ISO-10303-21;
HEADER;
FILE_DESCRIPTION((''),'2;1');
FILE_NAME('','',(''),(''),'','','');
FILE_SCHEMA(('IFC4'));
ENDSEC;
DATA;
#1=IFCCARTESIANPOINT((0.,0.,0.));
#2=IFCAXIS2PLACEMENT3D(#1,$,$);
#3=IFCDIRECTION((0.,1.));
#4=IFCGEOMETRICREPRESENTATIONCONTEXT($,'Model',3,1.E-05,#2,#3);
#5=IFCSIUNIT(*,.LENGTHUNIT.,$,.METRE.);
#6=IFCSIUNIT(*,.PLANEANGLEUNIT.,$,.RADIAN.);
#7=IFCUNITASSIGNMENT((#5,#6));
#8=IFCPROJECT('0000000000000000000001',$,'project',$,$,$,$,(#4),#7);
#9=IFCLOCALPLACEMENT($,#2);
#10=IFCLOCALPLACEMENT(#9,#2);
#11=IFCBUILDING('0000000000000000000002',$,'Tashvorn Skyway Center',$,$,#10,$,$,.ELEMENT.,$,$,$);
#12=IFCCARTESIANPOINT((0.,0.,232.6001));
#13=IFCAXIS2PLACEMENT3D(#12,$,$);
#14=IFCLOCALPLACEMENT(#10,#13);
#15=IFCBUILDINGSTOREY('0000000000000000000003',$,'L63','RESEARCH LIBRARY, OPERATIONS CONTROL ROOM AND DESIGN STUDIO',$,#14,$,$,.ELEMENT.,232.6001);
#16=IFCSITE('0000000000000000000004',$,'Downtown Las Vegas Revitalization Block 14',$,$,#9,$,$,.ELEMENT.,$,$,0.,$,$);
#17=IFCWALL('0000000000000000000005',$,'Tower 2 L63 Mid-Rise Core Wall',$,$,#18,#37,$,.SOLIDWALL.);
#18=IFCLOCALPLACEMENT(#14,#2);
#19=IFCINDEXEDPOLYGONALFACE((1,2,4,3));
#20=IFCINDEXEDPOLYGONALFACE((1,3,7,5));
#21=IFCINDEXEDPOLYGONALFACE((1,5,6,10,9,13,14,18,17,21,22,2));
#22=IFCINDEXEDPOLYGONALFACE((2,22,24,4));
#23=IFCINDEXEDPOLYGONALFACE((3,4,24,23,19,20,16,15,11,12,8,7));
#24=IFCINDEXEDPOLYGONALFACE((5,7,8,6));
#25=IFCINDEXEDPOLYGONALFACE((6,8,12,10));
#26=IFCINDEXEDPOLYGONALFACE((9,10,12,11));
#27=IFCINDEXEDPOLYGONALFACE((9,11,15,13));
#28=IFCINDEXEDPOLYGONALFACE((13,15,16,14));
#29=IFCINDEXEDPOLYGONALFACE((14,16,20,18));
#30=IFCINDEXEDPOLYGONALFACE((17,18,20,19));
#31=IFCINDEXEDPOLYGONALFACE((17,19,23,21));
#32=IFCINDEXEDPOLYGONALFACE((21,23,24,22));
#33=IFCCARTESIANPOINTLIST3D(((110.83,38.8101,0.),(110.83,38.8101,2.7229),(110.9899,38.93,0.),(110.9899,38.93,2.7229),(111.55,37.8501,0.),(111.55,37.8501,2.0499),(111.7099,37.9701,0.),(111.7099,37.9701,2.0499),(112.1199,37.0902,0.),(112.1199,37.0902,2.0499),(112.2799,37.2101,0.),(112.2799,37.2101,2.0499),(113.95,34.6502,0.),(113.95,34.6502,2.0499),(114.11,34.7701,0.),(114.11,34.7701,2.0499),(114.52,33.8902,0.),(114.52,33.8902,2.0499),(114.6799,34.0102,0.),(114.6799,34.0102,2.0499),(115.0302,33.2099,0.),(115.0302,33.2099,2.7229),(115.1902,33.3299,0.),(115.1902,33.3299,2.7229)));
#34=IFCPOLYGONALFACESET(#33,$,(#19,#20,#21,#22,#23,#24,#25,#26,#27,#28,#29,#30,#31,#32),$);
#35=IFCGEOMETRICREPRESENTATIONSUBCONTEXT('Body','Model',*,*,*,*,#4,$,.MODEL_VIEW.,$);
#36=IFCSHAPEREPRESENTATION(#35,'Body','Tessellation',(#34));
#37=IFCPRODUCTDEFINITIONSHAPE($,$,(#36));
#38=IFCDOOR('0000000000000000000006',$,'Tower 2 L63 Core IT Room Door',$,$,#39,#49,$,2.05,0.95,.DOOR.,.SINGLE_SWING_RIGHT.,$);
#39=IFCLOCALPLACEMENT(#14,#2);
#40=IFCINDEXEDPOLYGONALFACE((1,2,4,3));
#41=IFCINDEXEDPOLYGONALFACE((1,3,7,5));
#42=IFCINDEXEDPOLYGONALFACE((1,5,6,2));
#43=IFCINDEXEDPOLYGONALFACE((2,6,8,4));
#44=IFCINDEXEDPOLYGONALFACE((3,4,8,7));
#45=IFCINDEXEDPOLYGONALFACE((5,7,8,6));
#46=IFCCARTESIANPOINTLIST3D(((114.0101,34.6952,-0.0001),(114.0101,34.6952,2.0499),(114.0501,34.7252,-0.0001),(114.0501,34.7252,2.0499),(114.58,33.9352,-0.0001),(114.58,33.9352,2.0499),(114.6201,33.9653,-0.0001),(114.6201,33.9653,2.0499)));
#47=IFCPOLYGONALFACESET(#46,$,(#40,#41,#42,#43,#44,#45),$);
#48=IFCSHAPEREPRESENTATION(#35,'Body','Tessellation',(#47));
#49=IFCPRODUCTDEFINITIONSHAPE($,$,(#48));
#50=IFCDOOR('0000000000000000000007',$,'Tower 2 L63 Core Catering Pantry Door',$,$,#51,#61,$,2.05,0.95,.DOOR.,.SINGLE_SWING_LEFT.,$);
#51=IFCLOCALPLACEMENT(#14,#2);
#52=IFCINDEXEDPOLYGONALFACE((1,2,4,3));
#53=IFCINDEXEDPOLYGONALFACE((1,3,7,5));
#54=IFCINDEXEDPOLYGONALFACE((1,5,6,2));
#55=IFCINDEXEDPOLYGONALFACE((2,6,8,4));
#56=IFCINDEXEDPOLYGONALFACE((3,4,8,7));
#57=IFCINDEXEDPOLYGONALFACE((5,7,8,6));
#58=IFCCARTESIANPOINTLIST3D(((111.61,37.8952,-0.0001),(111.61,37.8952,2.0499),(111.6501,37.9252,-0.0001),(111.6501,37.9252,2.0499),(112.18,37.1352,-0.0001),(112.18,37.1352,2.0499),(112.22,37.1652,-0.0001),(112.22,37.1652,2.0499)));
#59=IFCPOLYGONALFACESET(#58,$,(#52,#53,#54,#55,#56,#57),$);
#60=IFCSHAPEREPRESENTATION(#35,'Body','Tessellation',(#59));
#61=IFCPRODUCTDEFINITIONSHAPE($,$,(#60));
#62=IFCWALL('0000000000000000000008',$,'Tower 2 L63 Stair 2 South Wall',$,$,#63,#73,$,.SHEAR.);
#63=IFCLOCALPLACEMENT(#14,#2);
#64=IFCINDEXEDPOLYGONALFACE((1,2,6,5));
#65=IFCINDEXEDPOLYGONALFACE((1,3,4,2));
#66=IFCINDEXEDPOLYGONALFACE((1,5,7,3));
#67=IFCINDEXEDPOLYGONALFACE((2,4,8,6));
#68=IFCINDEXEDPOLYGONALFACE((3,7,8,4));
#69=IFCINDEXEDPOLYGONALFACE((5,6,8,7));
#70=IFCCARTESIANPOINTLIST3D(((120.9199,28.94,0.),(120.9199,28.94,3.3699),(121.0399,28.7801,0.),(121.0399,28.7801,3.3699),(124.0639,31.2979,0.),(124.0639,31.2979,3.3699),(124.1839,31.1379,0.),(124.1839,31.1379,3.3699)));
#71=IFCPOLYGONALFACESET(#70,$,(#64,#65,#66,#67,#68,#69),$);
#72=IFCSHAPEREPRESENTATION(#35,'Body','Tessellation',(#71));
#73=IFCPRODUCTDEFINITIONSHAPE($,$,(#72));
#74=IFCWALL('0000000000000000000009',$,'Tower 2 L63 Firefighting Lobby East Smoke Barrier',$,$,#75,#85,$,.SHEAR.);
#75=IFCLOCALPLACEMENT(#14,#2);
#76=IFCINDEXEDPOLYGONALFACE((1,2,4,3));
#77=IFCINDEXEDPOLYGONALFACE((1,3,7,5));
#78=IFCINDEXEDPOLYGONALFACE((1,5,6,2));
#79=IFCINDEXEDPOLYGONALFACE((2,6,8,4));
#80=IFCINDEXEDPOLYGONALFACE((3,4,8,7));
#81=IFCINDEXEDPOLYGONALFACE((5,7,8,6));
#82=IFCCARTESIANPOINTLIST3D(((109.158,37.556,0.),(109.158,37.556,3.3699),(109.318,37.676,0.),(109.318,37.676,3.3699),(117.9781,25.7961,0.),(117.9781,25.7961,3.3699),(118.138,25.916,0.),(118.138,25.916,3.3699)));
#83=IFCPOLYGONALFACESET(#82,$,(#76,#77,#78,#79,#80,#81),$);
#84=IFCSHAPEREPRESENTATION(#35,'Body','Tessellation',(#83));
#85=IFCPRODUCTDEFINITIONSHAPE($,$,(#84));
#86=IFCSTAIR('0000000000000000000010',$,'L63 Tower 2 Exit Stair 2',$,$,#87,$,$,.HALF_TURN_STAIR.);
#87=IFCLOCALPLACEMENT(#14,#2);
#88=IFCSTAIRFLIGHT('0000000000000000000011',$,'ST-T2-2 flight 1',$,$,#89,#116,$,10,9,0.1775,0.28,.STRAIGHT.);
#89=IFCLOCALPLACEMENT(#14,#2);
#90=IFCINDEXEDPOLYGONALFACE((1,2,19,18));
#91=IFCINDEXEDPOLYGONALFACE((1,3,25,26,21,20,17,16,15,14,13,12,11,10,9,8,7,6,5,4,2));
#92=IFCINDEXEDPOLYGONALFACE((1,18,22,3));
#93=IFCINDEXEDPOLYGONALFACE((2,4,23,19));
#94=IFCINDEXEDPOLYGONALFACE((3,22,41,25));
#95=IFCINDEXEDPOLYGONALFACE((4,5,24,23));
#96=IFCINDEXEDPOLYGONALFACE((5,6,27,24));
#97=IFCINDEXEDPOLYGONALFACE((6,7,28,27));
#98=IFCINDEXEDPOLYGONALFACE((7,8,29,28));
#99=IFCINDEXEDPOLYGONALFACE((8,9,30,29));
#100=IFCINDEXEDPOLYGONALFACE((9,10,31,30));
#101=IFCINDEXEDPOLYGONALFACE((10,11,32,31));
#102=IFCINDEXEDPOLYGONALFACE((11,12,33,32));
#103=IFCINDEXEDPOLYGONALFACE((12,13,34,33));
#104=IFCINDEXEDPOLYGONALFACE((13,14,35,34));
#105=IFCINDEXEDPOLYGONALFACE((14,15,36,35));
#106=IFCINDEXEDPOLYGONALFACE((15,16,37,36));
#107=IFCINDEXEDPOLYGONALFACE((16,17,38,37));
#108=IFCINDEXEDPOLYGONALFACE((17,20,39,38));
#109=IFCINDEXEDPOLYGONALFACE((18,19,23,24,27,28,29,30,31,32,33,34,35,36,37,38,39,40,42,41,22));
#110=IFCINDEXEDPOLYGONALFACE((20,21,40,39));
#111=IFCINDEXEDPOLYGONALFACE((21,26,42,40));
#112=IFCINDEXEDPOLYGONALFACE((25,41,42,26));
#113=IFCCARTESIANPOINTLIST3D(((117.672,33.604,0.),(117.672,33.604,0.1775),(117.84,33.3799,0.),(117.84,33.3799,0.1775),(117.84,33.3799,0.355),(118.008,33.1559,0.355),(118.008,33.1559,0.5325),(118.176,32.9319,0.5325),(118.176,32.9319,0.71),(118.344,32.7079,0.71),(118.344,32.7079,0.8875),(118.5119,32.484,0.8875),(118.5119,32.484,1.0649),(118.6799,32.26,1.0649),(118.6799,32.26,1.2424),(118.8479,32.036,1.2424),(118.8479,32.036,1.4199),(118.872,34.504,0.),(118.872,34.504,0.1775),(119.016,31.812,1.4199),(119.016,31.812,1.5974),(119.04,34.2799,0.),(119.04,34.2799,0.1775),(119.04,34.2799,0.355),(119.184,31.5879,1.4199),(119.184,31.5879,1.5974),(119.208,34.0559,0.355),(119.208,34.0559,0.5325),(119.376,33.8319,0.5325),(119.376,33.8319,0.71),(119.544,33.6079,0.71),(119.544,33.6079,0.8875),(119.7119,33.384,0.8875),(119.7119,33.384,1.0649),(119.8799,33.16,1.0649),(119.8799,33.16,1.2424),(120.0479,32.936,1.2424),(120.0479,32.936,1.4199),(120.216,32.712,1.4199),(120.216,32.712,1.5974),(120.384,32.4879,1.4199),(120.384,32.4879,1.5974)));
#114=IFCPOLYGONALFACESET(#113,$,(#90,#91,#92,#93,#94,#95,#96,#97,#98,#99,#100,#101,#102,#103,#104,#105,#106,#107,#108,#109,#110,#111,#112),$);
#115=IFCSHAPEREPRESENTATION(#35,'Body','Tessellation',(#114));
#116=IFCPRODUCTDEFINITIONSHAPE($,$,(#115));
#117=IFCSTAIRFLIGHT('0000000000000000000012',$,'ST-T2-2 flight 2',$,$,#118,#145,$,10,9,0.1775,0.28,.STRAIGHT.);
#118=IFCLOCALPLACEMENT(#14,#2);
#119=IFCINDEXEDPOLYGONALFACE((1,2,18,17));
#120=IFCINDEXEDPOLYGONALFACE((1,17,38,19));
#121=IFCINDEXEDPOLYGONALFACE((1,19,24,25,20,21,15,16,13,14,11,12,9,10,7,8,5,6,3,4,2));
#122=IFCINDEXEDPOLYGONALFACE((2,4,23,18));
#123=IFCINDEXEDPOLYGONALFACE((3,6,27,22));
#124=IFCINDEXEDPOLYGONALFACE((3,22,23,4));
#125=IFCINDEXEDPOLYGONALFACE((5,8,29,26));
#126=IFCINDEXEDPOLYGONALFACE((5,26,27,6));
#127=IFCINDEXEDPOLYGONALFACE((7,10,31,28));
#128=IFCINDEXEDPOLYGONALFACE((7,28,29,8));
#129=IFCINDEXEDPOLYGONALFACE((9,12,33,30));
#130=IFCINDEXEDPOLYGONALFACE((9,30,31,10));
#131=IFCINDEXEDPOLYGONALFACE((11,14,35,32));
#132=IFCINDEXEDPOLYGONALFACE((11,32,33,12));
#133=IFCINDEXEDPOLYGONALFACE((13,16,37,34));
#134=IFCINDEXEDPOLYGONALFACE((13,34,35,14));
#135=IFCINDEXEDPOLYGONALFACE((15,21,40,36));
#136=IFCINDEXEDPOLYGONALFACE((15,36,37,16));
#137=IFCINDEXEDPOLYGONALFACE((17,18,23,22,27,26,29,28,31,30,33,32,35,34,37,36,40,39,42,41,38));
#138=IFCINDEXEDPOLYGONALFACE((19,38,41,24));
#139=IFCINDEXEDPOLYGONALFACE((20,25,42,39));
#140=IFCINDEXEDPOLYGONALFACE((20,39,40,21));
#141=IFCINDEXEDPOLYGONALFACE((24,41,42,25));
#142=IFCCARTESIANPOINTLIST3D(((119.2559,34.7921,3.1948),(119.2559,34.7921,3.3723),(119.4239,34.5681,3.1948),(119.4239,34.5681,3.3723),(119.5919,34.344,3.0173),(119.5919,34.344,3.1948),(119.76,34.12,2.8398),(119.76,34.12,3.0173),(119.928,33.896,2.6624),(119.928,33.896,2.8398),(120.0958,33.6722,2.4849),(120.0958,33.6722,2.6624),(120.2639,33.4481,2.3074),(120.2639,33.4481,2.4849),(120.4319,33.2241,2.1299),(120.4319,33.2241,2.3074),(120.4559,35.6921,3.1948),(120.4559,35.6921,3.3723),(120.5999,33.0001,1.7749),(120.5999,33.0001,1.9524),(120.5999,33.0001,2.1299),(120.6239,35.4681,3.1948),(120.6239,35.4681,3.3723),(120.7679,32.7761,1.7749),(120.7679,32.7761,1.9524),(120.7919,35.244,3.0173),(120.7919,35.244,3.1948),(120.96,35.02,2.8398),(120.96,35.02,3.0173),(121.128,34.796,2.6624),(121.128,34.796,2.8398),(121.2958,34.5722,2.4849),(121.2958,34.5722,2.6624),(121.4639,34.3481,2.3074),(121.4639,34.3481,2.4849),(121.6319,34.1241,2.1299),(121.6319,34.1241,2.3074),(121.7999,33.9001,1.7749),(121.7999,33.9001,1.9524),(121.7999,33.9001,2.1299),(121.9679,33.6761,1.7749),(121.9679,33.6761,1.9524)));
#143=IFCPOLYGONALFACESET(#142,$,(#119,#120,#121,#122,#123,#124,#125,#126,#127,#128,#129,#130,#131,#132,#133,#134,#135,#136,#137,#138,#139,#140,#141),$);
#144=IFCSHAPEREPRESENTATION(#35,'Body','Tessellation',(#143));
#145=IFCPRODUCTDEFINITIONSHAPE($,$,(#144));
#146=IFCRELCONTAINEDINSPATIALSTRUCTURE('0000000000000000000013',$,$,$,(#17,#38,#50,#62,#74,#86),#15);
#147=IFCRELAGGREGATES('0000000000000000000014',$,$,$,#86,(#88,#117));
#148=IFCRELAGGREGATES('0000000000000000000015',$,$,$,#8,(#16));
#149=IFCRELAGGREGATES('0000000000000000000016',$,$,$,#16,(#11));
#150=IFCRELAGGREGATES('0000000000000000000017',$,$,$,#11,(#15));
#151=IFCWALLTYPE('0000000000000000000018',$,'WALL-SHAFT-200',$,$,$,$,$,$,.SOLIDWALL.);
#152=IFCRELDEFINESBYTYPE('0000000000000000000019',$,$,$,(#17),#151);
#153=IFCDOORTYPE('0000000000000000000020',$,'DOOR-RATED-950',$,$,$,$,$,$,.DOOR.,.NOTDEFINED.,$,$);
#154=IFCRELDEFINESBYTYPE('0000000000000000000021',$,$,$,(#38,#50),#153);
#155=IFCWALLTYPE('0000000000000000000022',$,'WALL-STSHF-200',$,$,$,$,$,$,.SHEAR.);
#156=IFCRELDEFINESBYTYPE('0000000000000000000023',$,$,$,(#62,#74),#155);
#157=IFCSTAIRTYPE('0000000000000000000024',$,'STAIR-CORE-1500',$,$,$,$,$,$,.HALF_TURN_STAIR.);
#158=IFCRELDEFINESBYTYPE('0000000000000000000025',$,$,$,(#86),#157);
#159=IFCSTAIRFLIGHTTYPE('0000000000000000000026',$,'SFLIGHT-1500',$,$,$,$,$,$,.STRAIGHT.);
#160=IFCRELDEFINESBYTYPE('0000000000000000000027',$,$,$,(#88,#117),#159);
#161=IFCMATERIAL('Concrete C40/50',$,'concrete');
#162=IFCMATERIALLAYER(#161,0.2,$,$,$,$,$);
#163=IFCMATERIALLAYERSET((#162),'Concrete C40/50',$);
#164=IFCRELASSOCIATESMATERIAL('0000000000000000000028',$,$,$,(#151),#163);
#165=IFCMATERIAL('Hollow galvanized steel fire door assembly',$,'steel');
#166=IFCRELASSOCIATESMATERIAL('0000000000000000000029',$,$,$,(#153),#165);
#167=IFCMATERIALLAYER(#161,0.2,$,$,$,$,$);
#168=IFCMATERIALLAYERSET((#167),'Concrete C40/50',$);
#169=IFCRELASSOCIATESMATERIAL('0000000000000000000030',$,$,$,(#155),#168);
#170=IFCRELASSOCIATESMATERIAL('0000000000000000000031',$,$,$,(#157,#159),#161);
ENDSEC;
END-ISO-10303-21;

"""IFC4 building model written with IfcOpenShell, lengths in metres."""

from ifc_helpers import new_model, si_unit, direction, frame, frame_2d, origin, place, context, subcontext, project, spatial, polyline, rectangle, outline, extrude, material, layer, layer_set, type_object, element, fill, aggregate, save


model = new_model("IFC4")

# Units and contexts
model_context = context("Model", 3, precision=1e-05, world=origin(), true_north=direction((0.0, 1.0)))
body_context = subcontext(model_context, "Body", "Model", "MODEL_VIEW")
ifc_project = project(units=[si_unit("LENGTHUNIT", "METRE"), si_unit("PLANEANGLEUNIT", "RADIAN")], contexts=[model_context])

# Site, building, storey
site_placement = place(None, origin())
site = spatial("IfcSite", under=ifc_project, at=site_placement, Name="Downtown Las Vegas Revitalization Block 14", CompositionType="ELEMENT", RefElevation=0.0)
building_placement = place(site_placement, origin())
building = spatial("IfcBuilding", under=site, at=building_placement, Name="Tashvorn Skyway Center", CompositionType="ELEMENT")
storey_placement = place(building_placement, frame((0.0, 0.0, 232.6001)))
storey = spatial("IfcBuildingStorey", under=building, at=storey_placement, Name="L63", Description="RESEARCH LIBRARY, OPERATIONS CONTROL ROOM AND DESIGN STUDIO", CompositionType="ELEMENT", Elevation=232.6001)

# Shared definitions
ifc_material_1 = material(Name="Concrete C40/50", Category="concrete")
ifc_material_2 = material(Name="Hollow galvanized steel fire door assembly", Category="steel")

# Wall, openings, doors
ifc_layer_1 = layer(ifc_material_1, 0.2)
ifc_layer_set_1 = layer_set([ifc_layer_1], Name="Concrete C40/50")
wall_type_1 = type_object("IfcWallType", Name="WALL-SHAFT-200", PredefinedType="SOLIDWALL", material=ifc_layer_set_1)
door_type_1 = type_object("IfcDoorType", Name="DOOR-RATED-950", OperationType="NOTDEFINED", PredefinedType="DOOR", material=ifc_material_2)
wall_1_placement = place(storey_placement, frame((115.1101, 33.27, 0.0), z_axis=(0.0, 0.0, 1.0), x_axis=(-0.600011, 0.799992, 0.0)))
wall_1 = element("IfcWall", 1, at=wall_1_placement, inside=storey, type_object=wall_type_1, Name="Tower 2 L63 Mid-Rise Core Wall", PredefinedType="SOLIDWALL", context=body_context, shape_type="SweptSolid", body=[
    extrude(rectangle(XDim=7.0002, YDim=0.2, at=frame_2d((3.5, 0.0))), origin(), (0.0, 0.0, 1.0), 2.7229),
])
opening_1_placement = place(wall_1_placement, frame((0.8501, 0.0, 0.0)))
opening_1 = element("IfcOpeningElement", 2, at=opening_1_placement, cuts=wall_1, PredefinedType="OPENING", context=body_context, shape_type="SweptSolid", body=[
    extrude(rectangle(XDim=0.95, YDim=2.05, at=frame_2d((0.4751, 1.0249))), frame((0.0, 0.1099, 0.0), z_axis=(0.0, -1.0, 0.0), x_axis=(1.0, 0.0, 0.0)), (0.0, 0.0, 1.0), 0.22),
])
opening_2_placement = place(wall_1_placement, frame((4.8501, 0.0, 0.0)))
opening_2 = element("IfcOpeningElement", 3, at=opening_2_placement, cuts=wall_1, PredefinedType="OPENING", context=body_context, shape_type="SweptSolid", body=[
    extrude(rectangle(XDim=0.95, YDim=2.05, at=frame_2d((0.4751, 1.0249))), frame((0.0, 0.1099, 0.0), z_axis=(0.0, -1.0, 0.0), x_axis=(1.0, 0.0, 0.0)), (0.0, 0.0, 1.0), 0.22),
])
door_1_placement = place(opening_1_placement, origin())
door_1 = element("IfcDoor", 4, at=door_1_placement, inside=storey, type_object=door_type_1, Name="Tower 2 L63 Core IT Room Door", OperationType="SINGLE_SWING_RIGHT", OverallHeight=2.05, OverallWidth=0.95, PredefinedType="DOOR", context=body_context, shape_type="SweptSolid", body=[
    extrude(rectangle(XDim=0.95, YDim=2.05, at=frame_2d((0.4751, 1.0249))), frame((0.0, 0.0249, 0.0), z_axis=(0.0, -1.0, 0.0), x_axis=(1.0, 0.0, 0.0)), (0.0, 0.0, 1.0), 0.05),
])
fill(opening_1, door_1)
door_2_placement = place(opening_2_placement, origin())
door_2 = element("IfcDoor", 5, at=door_2_placement, inside=storey, type_object=door_type_1, Name="Tower 2 L63 Core Catering Pantry Door", OperationType="SINGLE_SWING_LEFT", OverallHeight=2.05, OverallWidth=0.95, PredefinedType="DOOR", context=body_context, shape_type="SweptSolid", body=[
    extrude(rectangle(XDim=0.95, YDim=2.05, at=frame_2d((0.4751, 1.0249))), frame((0.0, 0.0249, 0.0), z_axis=(0.0, -1.0, 0.0), x_axis=(1.0, 0.0, 0.0)), (0.0, 0.0, 1.0), 0.05),
])
fill(opening_2, door_2)

# Walls
ifc_layer_2 = layer(ifc_material_1, 0.2)
ifc_layer_set_2 = layer_set([ifc_layer_2], Name="Concrete C40/50")
wall_type_2 = type_object("IfcWallType", Name="WALL-STSHF-200", PredefinedType="SHEAR", material=ifc_layer_set_2)
wall_2_placement = place(storey_placement, frame((120.98, 28.8601, 0.0), z_axis=(0.0, 0.0, 1.0), x_axis=(0.800015, 0.59998, 0.0)))
element("IfcWall", 6, at=wall_2_placement, inside=storey, type_object=wall_type_2, Name="Tower 2 L63 Stair 2 South Wall", PredefinedType="SHEAR", context=body_context, shape_type="SweptSolid", body=[
    extrude(rectangle(XDim=3.9299, YDim=0.2, at=frame_2d((1.9648, 0.0))), origin(), (0.0, 0.0, 1.0), 3.3699),
])
wall_3_placement = place(storey_placement, frame((118.0581, 25.856, 0.0), z_axis=(0.0, 0.0, 1.0), x_axis=(-0.600003, 0.799998, 0.0)))
element("IfcWall", 7, at=wall_3_placement, inside=storey, type_object=wall_type_2, Name="Tower 2 L63 Firefighting Lobby East Smoke Barrier", PredefinedType="SHEAR", context=body_context, shape_type="SweptSolid", body=[
    extrude(rectangle(XDim=14.7, YDim=0.2, at=frame_2d((7.3501, 0.0))), origin(), (0.0, 0.0, 1.0), 3.3699),
])

# Stair, stair flights
stair_type = type_object("IfcStairType", Name="STAIR-CORE-1500", PredefinedType="HALF_TURN_STAIR", material=ifc_material_1)
stair_placement = place(storey_placement, origin())
stair = element("IfcStair", 8, at=stair_placement, inside=storey, type_object=stair_type, Name="L63 Tower 2 Exit Stair 2", PredefinedType="HALF_TURN_STAIR")
stair_flight_type = type_object("IfcStairFlightType", Name="SFLIGHT-1500", PredefinedType="STRAIGHT", material=ifc_material_1)
stair_flight_1_placement = place(storey_placement, frame((118.272, 34.054, 0.0), z_axis=(0.0, 0.0, 1.0), x_axis=(0.6, -0.8, 0.0)))
stair_flight_1 = element("IfcStairFlight", 9, at=stair_flight_1_placement, type_object=stair_flight_type, Name="ST-T2-2 flight 1", NumberOfRisers=10, NumberOfTreads=9, PredefinedType="STRAIGHT", RiserHeight=0.1775, TreadLength=0.28, context=body_context, shape_type="SweptSolid", body=[
    extrude(outline(polyline([(0.0, 0.0), (0.0, 0.1775), (0.28, 0.1775), (0.28, 0.355), (0.5601, 0.355), (0.5601, 0.5325), (0.8401, 0.5325), (0.8401, 0.71), (1.1201, 0.71), (1.1201, 0.8875), (1.3999, 0.8875), (1.3999, 1.0649), (1.6799, 1.0649), (1.6799, 1.2424), (1.96, 1.2424), (1.96, 1.4199), (2.24, 1.4199), (2.24, 1.5974), (2.52, 1.5974), (2.52, 1.7749), (2.52, 1.4199), (0.28, 0.0), (0.0, 0.0)])), frame((0.0, 0.75, 0.0), z_axis=(0.0, -1.0, 0.0), x_axis=(1.0, 0.0, 0.0)), (0.0, 0.0, 1.0), 1.5),
])
stair_flight_2_placement = place(storey_placement, frame((121.3679, 33.2261, 1.7749), z_axis=(0.0, 0.0, 1.0), x_axis=(-0.6, 0.8, 0.0)))
stair_flight_2 = element("IfcStairFlight", 10, at=stair_flight_2_placement, type_object=stair_flight_type, Name="ST-T2-2 flight 2", NumberOfRisers=10, NumberOfTreads=9, PredefinedType="STRAIGHT", RiserHeight=0.1775, TreadLength=0.28, context=body_context, shape_type="SweptSolid", body=[
    extrude(outline(polyline([(0.0, 0.0), (0.0, 0.1775), (0.28, 0.1775), (0.28, 0.355), (0.5601, 0.355), (0.5601, 0.5325), (0.8401, 0.5325), (0.8401, 0.71), (1.1201, 0.71), (1.1201, 0.8875), (1.3999, 0.8875), (1.3999, 1.0649), (1.6799, 1.0649), (1.6799, 1.2424), (1.96, 1.2424), (1.96, 1.4199), (2.24, 1.4199), (2.24, 1.5974), (2.52, 1.5974), (2.52, 1.7749), (2.52, 1.4199), (0.28, 0.0), (0.0, 0.0)])), frame((0.0, 0.75, 0.0), z_axis=(0.0, -1.0, 0.0), x_axis=(1.0, 0.0, 0.0)), (0.0, 0.0, 1.0), 1.5),
])
aggregate(stair, [stair_flight_1, stair_flight_2])

save(model, "model.ifc")
